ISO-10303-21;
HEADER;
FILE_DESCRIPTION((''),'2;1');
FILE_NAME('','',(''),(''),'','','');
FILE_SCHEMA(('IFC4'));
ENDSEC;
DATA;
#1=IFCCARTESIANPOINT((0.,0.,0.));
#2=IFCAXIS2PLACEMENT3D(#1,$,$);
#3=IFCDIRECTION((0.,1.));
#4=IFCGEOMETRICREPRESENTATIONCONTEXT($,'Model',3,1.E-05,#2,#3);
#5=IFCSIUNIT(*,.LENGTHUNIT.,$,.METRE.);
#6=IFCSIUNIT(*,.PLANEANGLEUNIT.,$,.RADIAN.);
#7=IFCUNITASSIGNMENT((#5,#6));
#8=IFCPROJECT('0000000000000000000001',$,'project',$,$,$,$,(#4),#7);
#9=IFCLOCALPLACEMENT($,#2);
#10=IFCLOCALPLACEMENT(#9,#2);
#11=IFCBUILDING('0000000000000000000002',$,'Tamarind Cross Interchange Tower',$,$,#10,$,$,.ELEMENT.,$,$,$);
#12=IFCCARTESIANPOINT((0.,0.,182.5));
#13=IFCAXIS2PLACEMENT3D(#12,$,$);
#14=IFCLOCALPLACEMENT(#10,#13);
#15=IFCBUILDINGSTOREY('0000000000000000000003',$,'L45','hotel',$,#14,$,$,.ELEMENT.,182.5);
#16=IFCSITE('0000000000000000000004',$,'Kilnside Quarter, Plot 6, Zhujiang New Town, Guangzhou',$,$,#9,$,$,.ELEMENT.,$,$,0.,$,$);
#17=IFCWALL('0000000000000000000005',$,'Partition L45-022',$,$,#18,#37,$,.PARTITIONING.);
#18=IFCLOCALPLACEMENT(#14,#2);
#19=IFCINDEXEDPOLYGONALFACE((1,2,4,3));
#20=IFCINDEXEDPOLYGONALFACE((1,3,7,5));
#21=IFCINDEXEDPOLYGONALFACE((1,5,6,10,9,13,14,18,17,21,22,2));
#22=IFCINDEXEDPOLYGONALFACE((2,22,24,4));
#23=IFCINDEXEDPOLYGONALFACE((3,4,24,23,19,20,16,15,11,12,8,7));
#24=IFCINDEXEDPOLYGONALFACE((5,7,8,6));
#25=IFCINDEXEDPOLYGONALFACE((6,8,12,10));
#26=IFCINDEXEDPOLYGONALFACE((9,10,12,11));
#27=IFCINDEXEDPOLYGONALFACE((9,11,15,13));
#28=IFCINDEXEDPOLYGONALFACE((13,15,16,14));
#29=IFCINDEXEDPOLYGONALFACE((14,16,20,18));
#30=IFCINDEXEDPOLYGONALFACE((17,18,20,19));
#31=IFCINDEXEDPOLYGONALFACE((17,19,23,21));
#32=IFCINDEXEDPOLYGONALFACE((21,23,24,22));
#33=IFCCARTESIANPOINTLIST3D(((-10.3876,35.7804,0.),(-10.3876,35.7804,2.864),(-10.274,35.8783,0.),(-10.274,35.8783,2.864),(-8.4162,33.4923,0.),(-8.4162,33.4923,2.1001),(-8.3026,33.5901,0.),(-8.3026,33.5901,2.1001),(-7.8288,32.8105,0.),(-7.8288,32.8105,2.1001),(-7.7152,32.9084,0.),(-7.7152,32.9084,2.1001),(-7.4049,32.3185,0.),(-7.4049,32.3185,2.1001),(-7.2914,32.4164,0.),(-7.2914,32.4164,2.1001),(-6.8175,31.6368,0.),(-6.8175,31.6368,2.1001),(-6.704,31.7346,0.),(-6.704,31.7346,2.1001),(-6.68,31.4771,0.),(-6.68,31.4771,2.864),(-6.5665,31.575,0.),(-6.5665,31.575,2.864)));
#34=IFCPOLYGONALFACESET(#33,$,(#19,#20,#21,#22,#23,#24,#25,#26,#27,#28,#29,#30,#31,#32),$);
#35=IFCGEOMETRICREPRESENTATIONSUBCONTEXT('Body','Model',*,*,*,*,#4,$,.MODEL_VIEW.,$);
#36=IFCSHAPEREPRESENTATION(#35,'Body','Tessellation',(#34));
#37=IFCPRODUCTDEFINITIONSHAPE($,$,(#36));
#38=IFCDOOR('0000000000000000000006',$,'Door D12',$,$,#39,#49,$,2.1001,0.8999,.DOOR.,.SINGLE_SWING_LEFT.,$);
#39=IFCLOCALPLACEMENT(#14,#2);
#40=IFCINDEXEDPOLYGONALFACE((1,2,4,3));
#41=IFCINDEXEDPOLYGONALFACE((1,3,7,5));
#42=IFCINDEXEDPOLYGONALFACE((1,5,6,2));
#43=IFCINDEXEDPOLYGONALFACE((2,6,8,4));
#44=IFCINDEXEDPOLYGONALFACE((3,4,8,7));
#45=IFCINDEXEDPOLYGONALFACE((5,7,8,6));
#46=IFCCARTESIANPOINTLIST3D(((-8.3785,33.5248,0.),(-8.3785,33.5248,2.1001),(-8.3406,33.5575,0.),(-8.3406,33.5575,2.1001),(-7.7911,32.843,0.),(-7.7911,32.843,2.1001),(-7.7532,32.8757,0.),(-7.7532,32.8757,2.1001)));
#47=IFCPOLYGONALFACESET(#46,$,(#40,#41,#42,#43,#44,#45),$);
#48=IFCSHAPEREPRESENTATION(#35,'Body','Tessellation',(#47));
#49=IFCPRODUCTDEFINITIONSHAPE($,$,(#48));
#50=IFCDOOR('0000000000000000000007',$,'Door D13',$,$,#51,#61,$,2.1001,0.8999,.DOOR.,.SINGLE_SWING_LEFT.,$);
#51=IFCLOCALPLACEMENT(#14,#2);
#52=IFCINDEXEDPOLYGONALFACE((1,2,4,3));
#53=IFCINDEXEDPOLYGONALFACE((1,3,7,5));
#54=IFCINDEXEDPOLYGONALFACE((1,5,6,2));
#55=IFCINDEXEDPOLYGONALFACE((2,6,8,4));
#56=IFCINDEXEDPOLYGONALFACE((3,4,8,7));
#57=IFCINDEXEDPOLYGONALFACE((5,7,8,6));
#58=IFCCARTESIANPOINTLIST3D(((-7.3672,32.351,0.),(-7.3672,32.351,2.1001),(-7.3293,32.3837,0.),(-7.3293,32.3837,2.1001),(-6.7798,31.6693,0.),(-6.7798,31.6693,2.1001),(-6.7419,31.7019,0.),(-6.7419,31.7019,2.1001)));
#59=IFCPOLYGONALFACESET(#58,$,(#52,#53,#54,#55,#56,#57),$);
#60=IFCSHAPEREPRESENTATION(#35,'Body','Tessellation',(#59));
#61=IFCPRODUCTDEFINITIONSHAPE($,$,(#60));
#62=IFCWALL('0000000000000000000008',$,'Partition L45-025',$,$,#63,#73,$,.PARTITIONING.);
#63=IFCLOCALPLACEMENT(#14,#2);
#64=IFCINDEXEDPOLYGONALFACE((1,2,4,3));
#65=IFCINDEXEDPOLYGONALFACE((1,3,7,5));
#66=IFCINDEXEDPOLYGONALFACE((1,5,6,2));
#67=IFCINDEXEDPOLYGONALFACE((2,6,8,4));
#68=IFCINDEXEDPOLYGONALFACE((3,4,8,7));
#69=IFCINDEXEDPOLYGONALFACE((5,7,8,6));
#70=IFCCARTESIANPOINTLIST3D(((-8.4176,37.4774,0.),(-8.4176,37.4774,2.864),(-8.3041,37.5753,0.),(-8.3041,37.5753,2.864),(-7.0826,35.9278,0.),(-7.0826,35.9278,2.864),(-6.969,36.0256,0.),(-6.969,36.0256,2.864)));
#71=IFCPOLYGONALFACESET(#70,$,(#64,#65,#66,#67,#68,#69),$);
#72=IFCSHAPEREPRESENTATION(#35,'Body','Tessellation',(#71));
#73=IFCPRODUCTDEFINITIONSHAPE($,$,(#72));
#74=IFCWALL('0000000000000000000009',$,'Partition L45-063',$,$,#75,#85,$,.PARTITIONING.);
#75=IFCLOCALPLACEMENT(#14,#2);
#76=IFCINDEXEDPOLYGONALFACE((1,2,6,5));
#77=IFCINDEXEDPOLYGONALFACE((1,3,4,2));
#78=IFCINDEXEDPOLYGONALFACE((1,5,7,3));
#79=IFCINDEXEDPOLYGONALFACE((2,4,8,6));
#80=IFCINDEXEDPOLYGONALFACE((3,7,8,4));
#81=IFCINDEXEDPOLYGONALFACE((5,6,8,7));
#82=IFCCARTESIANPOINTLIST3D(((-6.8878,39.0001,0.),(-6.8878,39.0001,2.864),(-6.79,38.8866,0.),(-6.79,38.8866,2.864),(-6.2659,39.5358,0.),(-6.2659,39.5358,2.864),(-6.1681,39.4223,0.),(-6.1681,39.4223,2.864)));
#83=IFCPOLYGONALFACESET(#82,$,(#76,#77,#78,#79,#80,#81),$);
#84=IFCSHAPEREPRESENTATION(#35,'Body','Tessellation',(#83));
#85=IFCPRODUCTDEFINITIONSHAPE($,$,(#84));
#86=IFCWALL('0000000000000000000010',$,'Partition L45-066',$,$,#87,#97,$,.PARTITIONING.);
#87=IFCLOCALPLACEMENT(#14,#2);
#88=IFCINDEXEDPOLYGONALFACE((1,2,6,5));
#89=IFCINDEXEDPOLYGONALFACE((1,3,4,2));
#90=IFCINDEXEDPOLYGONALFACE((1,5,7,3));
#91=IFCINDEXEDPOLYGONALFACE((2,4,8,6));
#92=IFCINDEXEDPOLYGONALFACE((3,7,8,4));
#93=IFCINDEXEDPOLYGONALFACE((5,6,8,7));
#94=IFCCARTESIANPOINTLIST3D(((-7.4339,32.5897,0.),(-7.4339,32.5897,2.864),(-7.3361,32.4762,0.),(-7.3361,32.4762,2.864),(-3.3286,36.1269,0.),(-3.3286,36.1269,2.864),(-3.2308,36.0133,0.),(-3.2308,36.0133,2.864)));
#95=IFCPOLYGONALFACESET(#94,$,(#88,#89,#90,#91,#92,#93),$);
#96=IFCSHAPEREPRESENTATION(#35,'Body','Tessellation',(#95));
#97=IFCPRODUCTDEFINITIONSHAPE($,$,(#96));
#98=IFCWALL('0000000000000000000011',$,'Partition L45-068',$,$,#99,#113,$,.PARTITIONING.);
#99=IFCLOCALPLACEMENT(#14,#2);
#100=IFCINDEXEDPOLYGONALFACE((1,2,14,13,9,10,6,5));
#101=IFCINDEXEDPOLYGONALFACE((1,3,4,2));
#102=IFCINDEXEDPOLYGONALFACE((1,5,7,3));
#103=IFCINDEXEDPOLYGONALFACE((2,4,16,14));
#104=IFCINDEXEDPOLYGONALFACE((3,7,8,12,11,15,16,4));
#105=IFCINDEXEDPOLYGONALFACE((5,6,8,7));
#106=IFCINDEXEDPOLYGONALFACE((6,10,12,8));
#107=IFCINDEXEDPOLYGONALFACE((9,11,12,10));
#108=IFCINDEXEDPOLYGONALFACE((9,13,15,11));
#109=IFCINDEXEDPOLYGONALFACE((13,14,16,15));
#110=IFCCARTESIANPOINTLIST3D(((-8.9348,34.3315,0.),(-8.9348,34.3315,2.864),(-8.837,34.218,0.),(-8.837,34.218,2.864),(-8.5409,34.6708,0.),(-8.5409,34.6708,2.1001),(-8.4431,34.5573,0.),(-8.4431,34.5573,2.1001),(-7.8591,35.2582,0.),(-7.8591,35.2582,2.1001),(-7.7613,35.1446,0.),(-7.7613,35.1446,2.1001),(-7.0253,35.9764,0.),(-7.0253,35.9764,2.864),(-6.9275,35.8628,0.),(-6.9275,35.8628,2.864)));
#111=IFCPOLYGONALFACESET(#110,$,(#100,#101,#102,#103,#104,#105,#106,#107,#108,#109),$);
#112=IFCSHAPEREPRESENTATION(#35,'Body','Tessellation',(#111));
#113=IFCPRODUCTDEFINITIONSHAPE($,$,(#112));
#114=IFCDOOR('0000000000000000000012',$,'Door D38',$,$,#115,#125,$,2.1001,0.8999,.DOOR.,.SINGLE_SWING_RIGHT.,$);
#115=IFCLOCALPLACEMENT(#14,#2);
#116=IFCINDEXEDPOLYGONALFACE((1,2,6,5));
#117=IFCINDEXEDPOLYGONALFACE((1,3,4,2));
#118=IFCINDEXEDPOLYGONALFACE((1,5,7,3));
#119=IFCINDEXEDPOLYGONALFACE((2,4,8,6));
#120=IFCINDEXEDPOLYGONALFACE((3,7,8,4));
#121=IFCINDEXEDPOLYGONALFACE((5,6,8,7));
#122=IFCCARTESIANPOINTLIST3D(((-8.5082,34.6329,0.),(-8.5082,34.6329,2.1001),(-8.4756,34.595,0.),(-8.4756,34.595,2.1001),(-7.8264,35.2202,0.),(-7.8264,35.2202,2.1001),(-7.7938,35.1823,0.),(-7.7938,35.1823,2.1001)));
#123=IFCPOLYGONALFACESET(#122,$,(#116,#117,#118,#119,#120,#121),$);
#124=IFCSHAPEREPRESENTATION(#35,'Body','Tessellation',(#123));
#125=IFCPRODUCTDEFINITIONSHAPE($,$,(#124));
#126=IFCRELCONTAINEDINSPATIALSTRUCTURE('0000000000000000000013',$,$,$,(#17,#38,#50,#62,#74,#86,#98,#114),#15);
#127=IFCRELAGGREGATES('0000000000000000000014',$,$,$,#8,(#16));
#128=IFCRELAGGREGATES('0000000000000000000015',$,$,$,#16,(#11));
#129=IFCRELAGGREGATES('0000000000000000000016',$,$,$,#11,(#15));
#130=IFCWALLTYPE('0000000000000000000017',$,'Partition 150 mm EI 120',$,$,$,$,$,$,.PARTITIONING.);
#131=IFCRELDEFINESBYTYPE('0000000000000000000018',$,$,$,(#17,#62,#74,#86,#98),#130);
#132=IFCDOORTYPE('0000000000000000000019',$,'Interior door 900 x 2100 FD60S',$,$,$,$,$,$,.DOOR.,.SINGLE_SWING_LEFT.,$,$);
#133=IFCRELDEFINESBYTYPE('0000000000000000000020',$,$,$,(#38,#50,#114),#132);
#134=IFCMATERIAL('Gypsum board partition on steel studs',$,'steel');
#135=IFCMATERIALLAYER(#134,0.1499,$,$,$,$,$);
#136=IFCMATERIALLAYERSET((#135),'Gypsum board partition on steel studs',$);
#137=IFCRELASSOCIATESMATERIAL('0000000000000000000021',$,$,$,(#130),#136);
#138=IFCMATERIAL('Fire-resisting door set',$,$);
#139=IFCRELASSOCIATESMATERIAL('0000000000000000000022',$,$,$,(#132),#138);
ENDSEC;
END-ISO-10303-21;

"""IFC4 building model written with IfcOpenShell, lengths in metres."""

from ifc_helpers import new_model, si_unit, direction, frame, frame_2d, origin, place, context, subcontext, project, spatial, rectangle, extrude, material, layer, layer_set, type_object, element, fill, save


model = new_model("IFC4")

# Units and contexts
model_context = context("Model", 3, precision=1e-05, world=origin(), true_north=direction((0.0, 1.0)))
body_context = subcontext(model_context, "Body", "Model", "MODEL_VIEW")
ifc_project = project(units=[si_unit("LENGTHUNIT", "METRE"), si_unit("PLANEANGLEUNIT", "RADIAN")], contexts=[model_context])

# Site, building, storey
site_placement = place(None, origin())
site = spatial("IfcSite", under=ifc_project, at=site_placement, Name="Kilnside Quarter, Plot 6, Zhujiang New Town, Guangzhou", CompositionType="ELEMENT", RefElevation=0.0)
building_placement = place(site_placement, origin())
building = spatial("IfcBuilding", under=site, at=building_placement, Name="Tamarind Cross Interchange Tower", CompositionType="ELEMENT")
storey_placement = place(building_placement, frame((0.0, 0.0, 182.5)))
storey = spatial("IfcBuildingStorey", under=building, at=storey_placement, Name="L45", Description="hotel", CompositionType="ELEMENT", Elevation=182.5)

# Wall, openings, doors
ifc_material_1 = material(Name="Gypsum board partition on steel studs", Category="steel")
ifc_layer_1 = layer(ifc_material_1, 0.1499)
ifc_layer_set_1 = layer_set([ifc_layer_1], Name="Gypsum board partition on steel studs")
wall_type = type_object("IfcWallType", Name="Partition 150 mm EI 120", PredefinedType="PARTITIONING", material=ifc_layer_set_1)
wall_1_placement = place(storey_placement, frame((-10.3308, 35.8293, 0.0), z_axis=(0.0, 0.0, 1.0), x_axis=(0.652722, -0.757598, 0.0)))
wall_1 = element("IfcWall", 1, at=wall_1_placement, inside=storey, type_object=wall_type, Name="Partition L45-022", PredefinedType="PARTITIONING", context=body_context, shape_type="SweptSolid", body=[
    extrude(rectangle(XDim=5.6802, YDim=0.1499, at=frame_2d((2.8401, 0.0))), origin(), (0.0, 0.0, 1.0), 2.864),
])
opening_1_placement = place(wall_1_placement, frame((3.0203, 0.0, 0.0)))
opening_1 = element("IfcOpeningElement", 2, at=opening_1_placement, cuts=wall_1, PredefinedType="OPENING", context=body_context, shape_type="SweptSolid", body=[
    extrude(rectangle(XDim=0.8999, YDim=2.1001, at=frame_2d((0.45, 1.05))), frame((0.0, 0.085, 0.0), z_axis=(0.0, -1.0, 0.0), x_axis=(1.0, 0.0, 0.0)), (0.0, 0.0, 1.0), 0.1699),
])
opening_2_placement = place(wall_1_placement, frame((4.5696, 0.0, 0.0)))
opening_2 = element("IfcOpeningElement", 3, at=opening_2_placement, cuts=wall_1, PredefinedType="OPENING", context=body_context, shape_type="SweptSolid", body=[
    extrude(rectangle(XDim=0.8999, YDim=2.1001, at=frame_2d((0.45, 1.05))), frame((0.0, 0.085, 0.0), z_axis=(0.0, -1.0, 0.0), x_axis=(1.0, 0.0, 0.0)), (0.0, 0.0, 1.0), 0.1699),
])
ifc_material_2 = material(Name="Fire-resisting door set")
door_type = type_object("IfcDoorType", Name="Interior door 900 x 2100 FD60S", OperationType="SINGLE_SWING_LEFT", PredefinedType="DOOR", material=ifc_material_2)
door_1_placement = place(opening_1_placement, origin())
door_1 = element("IfcDoor", 4, at=door_1_placement, inside=storey, type_object=door_type, Name="Door D12", OperationType="SINGLE_SWING_LEFT", OverallHeight=2.1001, OverallWidth=0.8999, PredefinedType="DOOR", context=body_context, shape_type="SweptSolid", body=[
    extrude(rectangle(XDim=0.8999, YDim=2.1001, at=frame_2d((0.45, 1.05))), frame((0.0, 0.0249, 0.0), z_axis=(0.0, -1.0, 0.0), x_axis=(1.0, 0.0, 0.0)), (0.0, 0.0, 1.0), 0.05),
])
fill(opening_1, door_1)
door_2_placement = place(opening_2_placement, origin())
door_2 = element("IfcDoor", 5, at=door_2_placement, inside=storey, type_object=door_type, Name="Door D13", OperationType="SINGLE_SWING_LEFT", OverallHeight=2.1001, OverallWidth=0.8999, PredefinedType="DOOR", context=body_context, shape_type="SweptSolid", body=[
    extrude(rectangle(XDim=0.8999, YDim=2.1001, at=frame_2d((0.45, 1.05))), frame((0.0, 0.0249, 0.0), z_axis=(0.0, -1.0, 0.0), x_axis=(1.0, 0.0, 0.0)), (0.0, 0.0, 1.0), 0.05),
])
fill(opening_2, door_2)

# Walls
wall_2_placement = place(storey_placement, frame((-8.3608, 37.5264, 0.0), z_axis=(0.0, 0.0, 1.0), x_axis=(0.652696, -0.75762, 0.0)))
element("IfcWall", 6, at=wall_2_placement, inside=storey, type_object=wall_type, Name="Partition L45-025", PredefinedType="PARTITIONING", context=body_context, shape_type="SweptSolid", body=[
    extrude(rectangle(XDim=2.0454, YDim=0.1499, at=frame_2d((1.0227, 0.0))), origin(), (0.0, 0.0, 1.0), 2.864),
])
wall_3_placement = place(storey_placement, frame((-6.8389, 38.9434, 0.0), z_axis=(0.0, 0.0, 1.0), x_axis=(0.757658, 0.652651, 0.0)))
element("IfcWall", 7, at=wall_3_placement, inside=storey, type_object=wall_type, Name="Partition L45-063", PredefinedType="PARTITIONING", context=body_context, shape_type="SweptSolid", body=[
    extrude(rectangle(XDim=0.8208, YDim=0.1499, at=frame_2d((0.4104, 0.0))), origin(), (0.0, 0.0, 1.0), 2.864),
])
wall_4_placement = place(storey_placement, frame((-7.385, 32.533, 0.0), z_axis=(0.0, 0.0, 1.0), x_axis=(0.757581, 0.652741, 0.0)))
element("IfcWall", 8, at=wall_4_placement, inside=storey, type_object=wall_type, Name="Partition L45-066", PredefinedType="PARTITIONING", context=body_context, shape_type="SweptSolid", body=[
    extrude(rectangle(XDim=5.4189, YDim=0.1499, at=frame_2d((2.7095, 0.0))), origin(), (0.0, 0.0, 1.0), 2.864),
])

# Wall, opening, door
wall_5_placement = place(storey_placement, frame((-8.886, 34.2747, 0.0), z_axis=(0.0, 0.0, 1.0), x_axis=(0.757661, 0.652648, 0.0)))
wall_5 = element("IfcWall", 9, at=wall_5_placement, inside=storey, type_object=wall_type, Name="Partition L45-068", PredefinedType="PARTITIONING", context=body_context, shape_type="SweptSolid", body=[
    extrude(rectangle(XDim=2.5203, YDim=0.1499, at=frame_2d((1.2603, 0.0))), origin(), (0.0, 0.0, 1.0), 2.864),
])
opening_3_placement = place(wall_5_placement, frame((0.52, 0.0, 0.0)))
opening_3 = element("IfcOpeningElement", 10, at=opening_3_placement, cuts=wall_5, PredefinedType="OPENING", context=body_context, shape_type="SweptSolid", body=[
    extrude(rectangle(XDim=0.8999, YDim=2.1001, at=frame_2d((0.45, 1.05))), frame((0.0, 0.085, 0.0), z_axis=(0.0, -1.0, 0.0), x_axis=(1.0, 0.0, 0.0)), (0.0, 0.0, 1.0), 0.1699),
])
door_3_placement = place(opening_3_placement, origin())
door_3 = element("IfcDoor", 11, at=door_3_placement, inside=storey, type_object=door_type, Name="Door D38", OperationType="SINGLE_SWING_RIGHT", OverallHeight=2.1001, OverallWidth=0.8999, PredefinedType="DOOR", context=body_context, shape_type="SweptSolid", body=[
    extrude(rectangle(XDim=0.8999, YDim=2.1001, at=frame_2d((0.45, 1.05))), frame((0.0, 0.0249, 0.0), z_axis=(0.0, -1.0, 0.0), x_axis=(1.0, 0.0, 0.0)), (0.0, 0.0, 1.0), 0.05),
])
fill(opening_3, door_3)

save(model, "model.ifc")
